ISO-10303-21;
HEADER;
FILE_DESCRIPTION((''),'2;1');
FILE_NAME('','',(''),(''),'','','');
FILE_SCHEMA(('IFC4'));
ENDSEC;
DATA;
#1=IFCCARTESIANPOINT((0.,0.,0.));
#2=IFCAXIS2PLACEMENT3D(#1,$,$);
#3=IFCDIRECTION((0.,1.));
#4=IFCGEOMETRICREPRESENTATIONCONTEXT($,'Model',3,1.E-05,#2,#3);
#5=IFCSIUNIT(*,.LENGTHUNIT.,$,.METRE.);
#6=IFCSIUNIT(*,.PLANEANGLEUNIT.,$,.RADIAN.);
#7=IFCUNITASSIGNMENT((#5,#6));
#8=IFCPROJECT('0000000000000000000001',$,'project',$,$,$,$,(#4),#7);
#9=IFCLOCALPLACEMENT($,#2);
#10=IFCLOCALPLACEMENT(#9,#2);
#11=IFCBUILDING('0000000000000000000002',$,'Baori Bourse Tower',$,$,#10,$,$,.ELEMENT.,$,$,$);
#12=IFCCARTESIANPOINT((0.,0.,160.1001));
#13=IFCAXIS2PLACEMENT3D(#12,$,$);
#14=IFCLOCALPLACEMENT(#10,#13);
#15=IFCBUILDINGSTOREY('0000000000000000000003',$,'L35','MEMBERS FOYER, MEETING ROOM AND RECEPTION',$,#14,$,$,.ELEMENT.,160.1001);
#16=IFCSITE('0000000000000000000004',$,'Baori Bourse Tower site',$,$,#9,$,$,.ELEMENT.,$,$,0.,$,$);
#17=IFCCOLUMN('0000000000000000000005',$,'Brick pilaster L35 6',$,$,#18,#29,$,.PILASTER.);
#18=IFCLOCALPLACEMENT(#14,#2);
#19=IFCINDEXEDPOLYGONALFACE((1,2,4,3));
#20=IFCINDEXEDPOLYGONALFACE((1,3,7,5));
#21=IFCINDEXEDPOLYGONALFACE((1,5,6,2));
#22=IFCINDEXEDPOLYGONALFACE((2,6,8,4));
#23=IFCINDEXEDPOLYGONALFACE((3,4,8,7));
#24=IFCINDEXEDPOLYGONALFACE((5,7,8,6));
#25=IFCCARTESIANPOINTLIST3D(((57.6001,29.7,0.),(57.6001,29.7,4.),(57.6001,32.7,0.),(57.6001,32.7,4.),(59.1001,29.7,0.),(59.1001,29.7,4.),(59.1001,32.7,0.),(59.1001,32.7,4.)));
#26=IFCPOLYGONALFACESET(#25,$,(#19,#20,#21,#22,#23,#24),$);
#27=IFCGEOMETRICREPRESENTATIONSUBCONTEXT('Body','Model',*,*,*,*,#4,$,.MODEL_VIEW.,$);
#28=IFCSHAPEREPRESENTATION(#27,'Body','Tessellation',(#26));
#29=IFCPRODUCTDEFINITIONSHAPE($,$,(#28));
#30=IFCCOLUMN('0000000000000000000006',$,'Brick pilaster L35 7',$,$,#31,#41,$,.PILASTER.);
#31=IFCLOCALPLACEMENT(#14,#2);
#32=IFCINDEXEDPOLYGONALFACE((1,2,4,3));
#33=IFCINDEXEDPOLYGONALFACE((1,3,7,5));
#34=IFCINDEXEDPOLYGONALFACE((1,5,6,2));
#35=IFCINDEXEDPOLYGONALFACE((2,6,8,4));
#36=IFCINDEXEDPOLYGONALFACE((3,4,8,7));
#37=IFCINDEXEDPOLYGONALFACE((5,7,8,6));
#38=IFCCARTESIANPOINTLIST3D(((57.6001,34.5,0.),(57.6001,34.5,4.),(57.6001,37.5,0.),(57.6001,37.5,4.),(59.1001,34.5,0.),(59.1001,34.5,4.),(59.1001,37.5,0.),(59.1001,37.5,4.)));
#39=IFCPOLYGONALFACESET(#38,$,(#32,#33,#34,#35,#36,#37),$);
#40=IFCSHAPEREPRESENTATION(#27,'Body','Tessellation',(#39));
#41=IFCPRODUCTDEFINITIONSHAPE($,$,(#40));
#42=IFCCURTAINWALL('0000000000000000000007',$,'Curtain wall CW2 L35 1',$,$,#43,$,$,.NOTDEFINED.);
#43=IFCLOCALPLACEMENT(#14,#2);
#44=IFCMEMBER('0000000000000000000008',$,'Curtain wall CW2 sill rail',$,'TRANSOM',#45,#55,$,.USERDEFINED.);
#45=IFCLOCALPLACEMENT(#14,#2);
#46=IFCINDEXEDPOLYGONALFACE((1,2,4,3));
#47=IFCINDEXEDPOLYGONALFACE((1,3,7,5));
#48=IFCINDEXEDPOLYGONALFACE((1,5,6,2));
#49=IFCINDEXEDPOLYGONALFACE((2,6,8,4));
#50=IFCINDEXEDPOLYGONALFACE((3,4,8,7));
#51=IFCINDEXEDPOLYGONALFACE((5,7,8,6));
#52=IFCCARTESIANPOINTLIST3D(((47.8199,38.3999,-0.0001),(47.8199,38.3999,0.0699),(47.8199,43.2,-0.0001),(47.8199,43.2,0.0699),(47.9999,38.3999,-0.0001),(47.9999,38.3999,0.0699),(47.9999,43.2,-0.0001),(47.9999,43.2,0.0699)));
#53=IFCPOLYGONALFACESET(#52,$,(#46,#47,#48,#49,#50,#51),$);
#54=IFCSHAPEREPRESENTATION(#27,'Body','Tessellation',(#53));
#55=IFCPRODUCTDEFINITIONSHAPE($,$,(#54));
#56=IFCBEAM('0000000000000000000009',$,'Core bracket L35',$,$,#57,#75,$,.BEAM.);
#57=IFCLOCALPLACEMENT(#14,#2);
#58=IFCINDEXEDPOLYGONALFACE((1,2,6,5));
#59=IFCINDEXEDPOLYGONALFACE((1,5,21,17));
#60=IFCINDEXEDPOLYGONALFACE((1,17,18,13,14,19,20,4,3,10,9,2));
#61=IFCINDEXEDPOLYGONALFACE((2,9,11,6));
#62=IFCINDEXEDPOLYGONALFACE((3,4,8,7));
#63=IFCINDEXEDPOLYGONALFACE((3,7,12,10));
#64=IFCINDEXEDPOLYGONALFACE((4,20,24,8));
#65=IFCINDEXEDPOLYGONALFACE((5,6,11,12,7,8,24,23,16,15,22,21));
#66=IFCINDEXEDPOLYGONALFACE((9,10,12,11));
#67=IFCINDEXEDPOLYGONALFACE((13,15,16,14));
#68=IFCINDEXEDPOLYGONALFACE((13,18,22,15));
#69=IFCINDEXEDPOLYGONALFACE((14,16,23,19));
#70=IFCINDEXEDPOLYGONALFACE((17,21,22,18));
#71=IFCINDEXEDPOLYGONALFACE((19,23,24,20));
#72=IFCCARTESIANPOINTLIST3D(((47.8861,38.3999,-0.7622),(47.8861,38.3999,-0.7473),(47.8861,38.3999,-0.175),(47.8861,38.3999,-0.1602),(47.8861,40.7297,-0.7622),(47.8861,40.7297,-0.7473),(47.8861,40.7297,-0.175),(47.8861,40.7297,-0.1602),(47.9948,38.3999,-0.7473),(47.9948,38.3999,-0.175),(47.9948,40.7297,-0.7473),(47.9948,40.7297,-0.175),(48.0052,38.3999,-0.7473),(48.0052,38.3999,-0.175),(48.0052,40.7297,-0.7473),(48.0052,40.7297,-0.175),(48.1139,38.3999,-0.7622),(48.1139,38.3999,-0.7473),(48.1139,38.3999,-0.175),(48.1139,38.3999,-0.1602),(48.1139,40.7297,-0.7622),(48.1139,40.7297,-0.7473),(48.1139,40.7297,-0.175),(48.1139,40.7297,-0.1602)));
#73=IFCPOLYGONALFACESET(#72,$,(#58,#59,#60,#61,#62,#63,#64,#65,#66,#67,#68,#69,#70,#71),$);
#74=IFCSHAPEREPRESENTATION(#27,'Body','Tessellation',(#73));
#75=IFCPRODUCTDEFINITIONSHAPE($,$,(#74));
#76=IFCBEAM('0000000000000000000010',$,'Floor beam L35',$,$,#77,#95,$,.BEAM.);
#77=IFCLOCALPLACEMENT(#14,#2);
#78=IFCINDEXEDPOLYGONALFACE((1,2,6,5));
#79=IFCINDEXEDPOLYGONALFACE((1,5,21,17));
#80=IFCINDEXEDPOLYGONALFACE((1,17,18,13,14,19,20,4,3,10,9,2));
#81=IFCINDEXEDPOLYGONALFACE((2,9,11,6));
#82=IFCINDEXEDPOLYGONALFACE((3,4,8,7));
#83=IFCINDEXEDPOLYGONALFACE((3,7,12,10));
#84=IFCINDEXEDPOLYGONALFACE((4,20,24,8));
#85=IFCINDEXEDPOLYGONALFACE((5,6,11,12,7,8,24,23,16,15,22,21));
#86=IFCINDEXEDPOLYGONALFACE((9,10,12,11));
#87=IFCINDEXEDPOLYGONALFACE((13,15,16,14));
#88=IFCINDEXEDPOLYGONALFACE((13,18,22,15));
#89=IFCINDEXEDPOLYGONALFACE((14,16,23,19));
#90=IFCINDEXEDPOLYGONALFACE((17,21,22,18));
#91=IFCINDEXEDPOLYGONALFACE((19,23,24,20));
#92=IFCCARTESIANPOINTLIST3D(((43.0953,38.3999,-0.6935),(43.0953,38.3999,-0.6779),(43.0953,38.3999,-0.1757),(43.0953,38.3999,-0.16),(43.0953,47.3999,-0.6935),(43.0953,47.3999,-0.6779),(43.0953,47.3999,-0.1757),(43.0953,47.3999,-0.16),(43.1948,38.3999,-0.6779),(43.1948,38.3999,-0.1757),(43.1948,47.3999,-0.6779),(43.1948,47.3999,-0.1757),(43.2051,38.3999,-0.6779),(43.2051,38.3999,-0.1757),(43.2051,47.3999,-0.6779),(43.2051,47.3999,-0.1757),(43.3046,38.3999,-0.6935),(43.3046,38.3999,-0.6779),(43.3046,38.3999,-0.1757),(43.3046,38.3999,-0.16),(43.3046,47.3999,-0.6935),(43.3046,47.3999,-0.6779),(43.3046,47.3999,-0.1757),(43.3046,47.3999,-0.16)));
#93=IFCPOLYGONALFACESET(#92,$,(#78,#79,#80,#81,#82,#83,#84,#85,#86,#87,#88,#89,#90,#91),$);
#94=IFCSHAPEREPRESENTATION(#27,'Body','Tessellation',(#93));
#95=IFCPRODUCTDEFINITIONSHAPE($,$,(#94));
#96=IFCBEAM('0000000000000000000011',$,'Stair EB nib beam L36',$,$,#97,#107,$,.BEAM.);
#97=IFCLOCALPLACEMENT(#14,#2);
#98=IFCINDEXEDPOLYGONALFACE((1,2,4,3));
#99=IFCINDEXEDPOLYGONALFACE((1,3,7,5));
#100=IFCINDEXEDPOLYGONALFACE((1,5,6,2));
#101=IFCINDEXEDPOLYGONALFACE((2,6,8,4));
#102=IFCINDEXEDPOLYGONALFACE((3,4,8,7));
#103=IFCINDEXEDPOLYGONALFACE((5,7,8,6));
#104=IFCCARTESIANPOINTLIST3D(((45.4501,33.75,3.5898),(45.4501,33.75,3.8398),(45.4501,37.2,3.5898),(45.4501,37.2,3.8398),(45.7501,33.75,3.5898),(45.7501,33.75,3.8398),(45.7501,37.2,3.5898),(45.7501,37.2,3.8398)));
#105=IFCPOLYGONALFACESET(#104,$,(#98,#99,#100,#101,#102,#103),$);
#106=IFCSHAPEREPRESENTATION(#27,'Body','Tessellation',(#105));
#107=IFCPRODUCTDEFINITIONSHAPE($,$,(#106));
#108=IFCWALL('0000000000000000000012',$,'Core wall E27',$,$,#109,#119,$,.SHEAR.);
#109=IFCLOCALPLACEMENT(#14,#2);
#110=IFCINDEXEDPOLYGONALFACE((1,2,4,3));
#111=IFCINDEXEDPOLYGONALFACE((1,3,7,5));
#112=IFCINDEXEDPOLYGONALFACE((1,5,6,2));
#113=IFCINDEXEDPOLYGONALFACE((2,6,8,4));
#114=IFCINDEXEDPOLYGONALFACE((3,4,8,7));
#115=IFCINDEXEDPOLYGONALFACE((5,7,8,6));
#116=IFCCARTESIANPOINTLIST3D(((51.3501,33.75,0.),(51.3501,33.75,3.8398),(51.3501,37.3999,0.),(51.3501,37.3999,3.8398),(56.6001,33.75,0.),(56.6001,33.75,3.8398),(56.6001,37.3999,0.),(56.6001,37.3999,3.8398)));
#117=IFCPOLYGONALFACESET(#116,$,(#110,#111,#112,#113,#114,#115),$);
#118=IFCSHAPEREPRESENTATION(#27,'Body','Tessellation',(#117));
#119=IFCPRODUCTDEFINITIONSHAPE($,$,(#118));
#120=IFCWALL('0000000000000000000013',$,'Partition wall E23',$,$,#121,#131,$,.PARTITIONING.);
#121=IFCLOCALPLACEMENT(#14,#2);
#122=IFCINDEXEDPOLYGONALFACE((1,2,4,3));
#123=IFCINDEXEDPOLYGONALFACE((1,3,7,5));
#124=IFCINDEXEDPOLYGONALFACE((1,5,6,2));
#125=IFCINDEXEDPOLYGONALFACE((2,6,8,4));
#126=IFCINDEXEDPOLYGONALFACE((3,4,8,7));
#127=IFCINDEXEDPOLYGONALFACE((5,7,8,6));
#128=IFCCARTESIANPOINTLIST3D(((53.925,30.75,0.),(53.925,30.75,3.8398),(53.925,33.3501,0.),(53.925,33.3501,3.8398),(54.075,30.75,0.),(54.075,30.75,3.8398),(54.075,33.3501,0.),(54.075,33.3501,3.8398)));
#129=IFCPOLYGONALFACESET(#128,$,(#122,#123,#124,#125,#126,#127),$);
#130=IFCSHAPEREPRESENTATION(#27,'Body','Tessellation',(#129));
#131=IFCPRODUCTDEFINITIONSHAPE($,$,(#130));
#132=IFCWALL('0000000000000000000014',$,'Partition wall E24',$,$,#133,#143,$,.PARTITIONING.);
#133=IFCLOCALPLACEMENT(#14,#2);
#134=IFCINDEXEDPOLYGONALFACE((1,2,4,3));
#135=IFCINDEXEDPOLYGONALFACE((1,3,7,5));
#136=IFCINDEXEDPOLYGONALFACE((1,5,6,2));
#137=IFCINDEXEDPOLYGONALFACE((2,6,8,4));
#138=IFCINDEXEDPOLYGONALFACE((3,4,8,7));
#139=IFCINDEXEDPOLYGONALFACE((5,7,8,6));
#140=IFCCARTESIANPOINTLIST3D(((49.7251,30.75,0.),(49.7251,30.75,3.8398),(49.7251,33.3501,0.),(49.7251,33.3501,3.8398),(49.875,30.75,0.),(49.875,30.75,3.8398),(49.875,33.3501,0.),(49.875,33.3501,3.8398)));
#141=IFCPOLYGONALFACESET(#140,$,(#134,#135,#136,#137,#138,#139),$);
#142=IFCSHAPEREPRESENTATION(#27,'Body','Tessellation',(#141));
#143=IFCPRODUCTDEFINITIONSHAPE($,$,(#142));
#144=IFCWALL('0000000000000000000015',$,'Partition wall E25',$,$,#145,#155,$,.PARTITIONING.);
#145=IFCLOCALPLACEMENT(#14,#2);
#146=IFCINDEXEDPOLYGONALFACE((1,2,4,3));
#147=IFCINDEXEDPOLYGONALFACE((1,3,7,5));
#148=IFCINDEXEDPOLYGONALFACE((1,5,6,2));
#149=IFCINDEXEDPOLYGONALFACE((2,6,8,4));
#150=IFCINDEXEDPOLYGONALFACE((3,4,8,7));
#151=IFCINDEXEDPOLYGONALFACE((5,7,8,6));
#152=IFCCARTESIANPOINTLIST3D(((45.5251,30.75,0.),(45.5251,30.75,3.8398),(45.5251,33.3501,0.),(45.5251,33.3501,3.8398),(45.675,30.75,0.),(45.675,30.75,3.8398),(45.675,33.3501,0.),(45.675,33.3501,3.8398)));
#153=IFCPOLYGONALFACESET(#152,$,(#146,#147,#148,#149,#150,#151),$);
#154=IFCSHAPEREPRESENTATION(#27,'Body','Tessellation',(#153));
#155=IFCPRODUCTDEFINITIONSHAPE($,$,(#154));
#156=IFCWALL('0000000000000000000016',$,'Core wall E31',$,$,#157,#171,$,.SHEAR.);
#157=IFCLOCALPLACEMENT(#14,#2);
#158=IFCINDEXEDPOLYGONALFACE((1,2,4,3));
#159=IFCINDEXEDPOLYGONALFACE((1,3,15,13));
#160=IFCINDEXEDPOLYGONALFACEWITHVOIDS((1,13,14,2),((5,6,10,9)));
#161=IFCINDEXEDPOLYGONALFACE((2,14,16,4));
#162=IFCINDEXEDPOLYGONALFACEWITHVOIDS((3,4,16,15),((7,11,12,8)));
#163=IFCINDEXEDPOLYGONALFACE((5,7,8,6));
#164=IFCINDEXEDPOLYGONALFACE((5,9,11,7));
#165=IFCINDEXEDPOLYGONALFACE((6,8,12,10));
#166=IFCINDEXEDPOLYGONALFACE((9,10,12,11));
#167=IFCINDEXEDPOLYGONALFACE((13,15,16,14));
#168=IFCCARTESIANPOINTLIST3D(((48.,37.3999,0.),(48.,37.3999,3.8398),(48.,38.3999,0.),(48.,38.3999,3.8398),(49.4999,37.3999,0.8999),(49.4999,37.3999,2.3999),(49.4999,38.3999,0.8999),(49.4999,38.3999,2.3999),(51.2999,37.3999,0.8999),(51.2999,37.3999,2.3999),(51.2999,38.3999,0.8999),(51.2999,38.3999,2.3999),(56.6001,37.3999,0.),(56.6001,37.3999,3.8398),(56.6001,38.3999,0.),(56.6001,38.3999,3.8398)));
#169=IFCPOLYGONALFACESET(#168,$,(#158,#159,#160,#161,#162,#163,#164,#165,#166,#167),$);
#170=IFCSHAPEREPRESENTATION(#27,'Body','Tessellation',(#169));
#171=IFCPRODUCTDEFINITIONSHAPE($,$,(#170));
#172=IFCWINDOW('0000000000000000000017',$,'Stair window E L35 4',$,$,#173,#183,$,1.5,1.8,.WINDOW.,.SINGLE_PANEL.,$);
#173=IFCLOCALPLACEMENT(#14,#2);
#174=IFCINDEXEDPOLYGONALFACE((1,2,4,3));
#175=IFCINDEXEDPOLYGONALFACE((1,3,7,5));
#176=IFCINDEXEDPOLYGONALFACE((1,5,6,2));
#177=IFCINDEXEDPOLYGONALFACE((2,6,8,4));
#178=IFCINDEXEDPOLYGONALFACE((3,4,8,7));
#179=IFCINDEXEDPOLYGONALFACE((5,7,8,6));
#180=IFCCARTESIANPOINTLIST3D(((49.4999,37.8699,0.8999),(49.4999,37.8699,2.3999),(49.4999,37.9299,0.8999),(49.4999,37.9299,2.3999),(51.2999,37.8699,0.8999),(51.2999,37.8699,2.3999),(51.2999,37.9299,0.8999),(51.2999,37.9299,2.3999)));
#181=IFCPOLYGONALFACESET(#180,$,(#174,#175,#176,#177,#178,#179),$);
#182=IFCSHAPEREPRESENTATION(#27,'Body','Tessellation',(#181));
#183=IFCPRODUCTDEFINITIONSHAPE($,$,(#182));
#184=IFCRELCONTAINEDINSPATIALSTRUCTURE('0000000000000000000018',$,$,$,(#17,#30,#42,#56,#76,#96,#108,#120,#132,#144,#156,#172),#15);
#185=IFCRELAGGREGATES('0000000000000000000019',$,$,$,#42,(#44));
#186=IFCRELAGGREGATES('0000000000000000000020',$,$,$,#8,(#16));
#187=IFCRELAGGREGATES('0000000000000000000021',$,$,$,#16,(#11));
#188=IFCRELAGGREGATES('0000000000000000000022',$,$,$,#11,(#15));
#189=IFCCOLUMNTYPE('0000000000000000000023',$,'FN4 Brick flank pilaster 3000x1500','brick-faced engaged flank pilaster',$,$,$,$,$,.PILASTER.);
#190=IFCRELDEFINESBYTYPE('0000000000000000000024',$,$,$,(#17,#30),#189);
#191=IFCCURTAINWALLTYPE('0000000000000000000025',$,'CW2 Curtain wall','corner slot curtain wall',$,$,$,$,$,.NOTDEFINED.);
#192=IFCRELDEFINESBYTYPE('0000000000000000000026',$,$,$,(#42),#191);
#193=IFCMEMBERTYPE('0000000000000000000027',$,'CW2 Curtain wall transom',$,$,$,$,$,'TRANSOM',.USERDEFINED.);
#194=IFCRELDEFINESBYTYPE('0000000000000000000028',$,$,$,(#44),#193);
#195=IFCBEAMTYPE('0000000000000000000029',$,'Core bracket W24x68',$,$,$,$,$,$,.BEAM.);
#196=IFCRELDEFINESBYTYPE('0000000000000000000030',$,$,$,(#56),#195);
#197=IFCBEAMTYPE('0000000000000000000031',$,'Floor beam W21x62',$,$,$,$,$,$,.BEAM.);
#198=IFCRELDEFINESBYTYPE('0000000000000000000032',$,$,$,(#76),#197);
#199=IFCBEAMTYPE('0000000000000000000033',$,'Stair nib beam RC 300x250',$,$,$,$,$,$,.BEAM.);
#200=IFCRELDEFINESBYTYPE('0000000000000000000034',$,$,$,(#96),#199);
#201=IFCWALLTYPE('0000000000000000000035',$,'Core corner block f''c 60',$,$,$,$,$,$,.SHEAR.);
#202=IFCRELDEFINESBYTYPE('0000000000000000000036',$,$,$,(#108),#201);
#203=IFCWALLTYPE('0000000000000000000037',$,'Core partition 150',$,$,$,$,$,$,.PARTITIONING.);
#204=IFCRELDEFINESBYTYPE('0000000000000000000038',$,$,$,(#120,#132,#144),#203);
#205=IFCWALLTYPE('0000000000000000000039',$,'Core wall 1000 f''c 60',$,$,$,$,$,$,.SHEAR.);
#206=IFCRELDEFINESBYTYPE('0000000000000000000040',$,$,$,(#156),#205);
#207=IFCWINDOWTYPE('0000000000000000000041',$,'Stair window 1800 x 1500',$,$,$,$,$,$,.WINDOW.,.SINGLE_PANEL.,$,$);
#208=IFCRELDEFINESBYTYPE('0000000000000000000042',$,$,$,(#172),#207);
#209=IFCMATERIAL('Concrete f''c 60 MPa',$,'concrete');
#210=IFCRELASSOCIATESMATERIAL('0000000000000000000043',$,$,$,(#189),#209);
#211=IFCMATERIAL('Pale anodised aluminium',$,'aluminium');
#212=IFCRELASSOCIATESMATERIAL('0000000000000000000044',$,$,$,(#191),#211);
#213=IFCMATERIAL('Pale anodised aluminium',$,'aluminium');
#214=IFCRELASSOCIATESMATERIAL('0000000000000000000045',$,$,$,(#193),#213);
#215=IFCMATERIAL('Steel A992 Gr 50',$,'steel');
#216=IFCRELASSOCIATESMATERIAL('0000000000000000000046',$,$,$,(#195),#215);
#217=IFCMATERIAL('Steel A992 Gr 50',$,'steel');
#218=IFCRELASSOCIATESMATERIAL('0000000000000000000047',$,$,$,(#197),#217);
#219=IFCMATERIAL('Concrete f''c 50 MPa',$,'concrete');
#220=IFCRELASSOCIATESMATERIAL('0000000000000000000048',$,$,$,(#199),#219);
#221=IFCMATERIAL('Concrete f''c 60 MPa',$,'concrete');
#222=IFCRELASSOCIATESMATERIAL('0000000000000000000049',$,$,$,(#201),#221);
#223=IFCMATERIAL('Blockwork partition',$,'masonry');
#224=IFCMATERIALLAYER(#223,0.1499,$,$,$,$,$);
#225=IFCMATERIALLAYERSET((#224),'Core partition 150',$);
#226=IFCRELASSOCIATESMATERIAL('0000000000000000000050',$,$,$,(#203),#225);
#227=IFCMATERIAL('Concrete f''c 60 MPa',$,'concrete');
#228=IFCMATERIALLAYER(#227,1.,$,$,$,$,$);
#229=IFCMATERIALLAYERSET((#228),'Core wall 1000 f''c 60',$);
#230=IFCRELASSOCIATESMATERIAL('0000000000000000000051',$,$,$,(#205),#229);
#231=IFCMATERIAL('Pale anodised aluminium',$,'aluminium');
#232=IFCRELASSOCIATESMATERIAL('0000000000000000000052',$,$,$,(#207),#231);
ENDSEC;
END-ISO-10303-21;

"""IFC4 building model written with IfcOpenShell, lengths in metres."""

from ifc_helpers import new_model, si_unit, direction, frame, frame_2d, origin, origin_2d, place, context, subcontext, project, spatial, rectangle, i_section, extrude, material, layer, layer_set, material_profile, profile_set, type_object, element, fill, aggregate, save


model = new_model("IFC4")

# Units and contexts
model_context = context("Model", 3, precision=1e-05, world=origin(), true_north=direction((0.0, 1.0)))
body_context = subcontext(model_context, "Body", "Model", "MODEL_VIEW")
ifc_project = project(units=[si_unit("LENGTHUNIT", "METRE"), si_unit("PLANEANGLEUNIT", "RADIAN")], contexts=[model_context])

# Site, building, storey
site_placement = place(None, origin())
site = spatial("IfcSite", under=ifc_project, at=site_placement, Name="Baori Bourse Tower site", CompositionType="ELEMENT", RefElevation=0.0)
building_placement = place(site_placement, origin())
building = spatial("IfcBuilding", under=site, at=building_placement, Name="Baori Bourse Tower", CompositionType="ELEMENT")
storey_placement = place(building_placement, frame((0.0, 0.0, 160.1001)))
storey = spatial("IfcBuildingStorey", under=building, at=storey_placement, Name="L35", Description="MEMBERS FOYER, MEETING ROOM AND RECEPTION", CompositionType="ELEMENT", Elevation=160.1001)

# Columns
ifc_material_1 = material(Name="Concrete f'c 60 MPa", Category="concrete")
ifc_material_profile_1 = material_profile(ifc_material_1, rectangle(XDim=3.0, YDim=1.5, at=origin_2d()), Name="RC 3000x1500")
ifc_profile_set_1 = profile_set([ifc_material_profile_1], Name="Concrete f'c 60 MPa")
column_type = type_object("IfcColumnType", Name="FN4 Brick flank pilaster 3000x1500", Description="brick-faced engaged flank pilaster", PredefinedType="PILASTER", material=ifc_profile_set_1)
for number, where, z_axis, x_axis, name in (
    (1, (58.3501, 31.2, 0.0), (0.0, 0.0, 1.0), (0.0, 1.0, 0.0), "Brick pilaster L35 6"),
    (2, (58.3501, 36.0, 0.0), (0.0, 0.0, 1.0), (0.0, 1.0, 0.0), "Brick pilaster L35 7"),
):
    element("IfcColumn", number, at=place(storey_placement, frame(where, z_axis=z_axis, x_axis=x_axis)), inside=storey, type_object=column_type, Name=name, PredefinedType="PILASTER", context=body_context, shape_type="SweptSolid", body=[
        extrude(rectangle(XDim=3.0, YDim=1.5, at=origin_2d()), origin(), (0.0, 0.0, 1.0), 4.0),
    ])

# Curtain wall, member
ifc_material_2 = material(Name="Pale anodised aluminium", Category="aluminium")
curtain_wall_type = type_object("IfcCurtainWallType", Name="CW2 Curtain wall", Description="corner slot curtain wall", PredefinedType="NOTDEFINED", material=ifc_material_2)
curtain_wall_placement = place(storey_placement, origin())
curtain_wall = element("IfcCurtainWall", 3, at=curtain_wall_placement, inside=storey, type_object=curtain_wall_type, Name="Curtain wall CW2 L35 1", PredefinedType="NOTDEFINED")
ifc_material_3 = material(Name="Pale anodised aluminium", Category="aluminium")
ifc_material_profile_2 = material_profile(ifc_material_3, rectangle(XDim=0.1799, YDim=0.0701, at=origin_2d()), Name="Transom 70x180")
ifc_profile_set_2 = profile_set([ifc_material_profile_2], Name="Pale anodised aluminium")
member_type = type_object("IfcMemberType", Name="CW2 Curtain wall transom", ElementType="TRANSOM", PredefinedType="USERDEFINED", material=ifc_profile_set_2)
member_placement = place(storey_placement, frame((47.9099, 38.3999, 0.0349), z_axis=(0.0, 1.0, 0.0), x_axis=(-1.0, 0.0, 0.0)))
member = element("IfcMember", 4, at=member_placement, type_object=member_type, Name="Curtain wall CW2 sill rail", ObjectType="TRANSOM", PredefinedType="USERDEFINED", context=body_context, shape_type="SweptSolid", body=[
    extrude(rectangle(XDim=0.1799, YDim=0.0701, at=origin_2d()), origin(), (0.0, 0.0, 1.0), 4.8),
])
aggregate(curtain_wall, [member])

# Beams
ifc_material_4 = material(Name="Steel A992 Gr 50", Category="steel")
ifc_material_profile_3 = material_profile(ifc_material_4, i_section(OverallWidth=0.2278, OverallDepth=0.6021, WebThickness=0.0105, FlangeThickness=0.0149, at=origin_2d()), Name="W24x68")
ifc_profile_set_3 = profile_set([ifc_material_profile_3], Name="Steel A992 Gr 50")
beam_type_1 = type_object("IfcBeamType", Name="Core bracket W24x68", PredefinedType="BEAM", material=ifc_profile_set_3)
beam_1_placement = place(storey_placement, frame((48.0, 38.3999, -0.4612), z_axis=(0.0, 1.0, 0.0), x_axis=(-1.0, 0.0, 0.0)))
element("IfcBeam", 5, at=beam_1_placement, inside=storey, type_object=beam_type_1, Name="Core bracket L35", PredefinedType="BEAM", context=body_context, shape_type="SweptSolid", body=[
    extrude(i_section(OverallWidth=0.2278, OverallDepth=0.6021, WebThickness=0.0105, FlangeThickness=0.0149, at=origin_2d()), origin(), (0.0, 0.0, 1.0), 2.3298),
])
ifc_material_5 = material(Name="Steel A992 Gr 50", Category="steel")
ifc_material_profile_4 = material_profile(ifc_material_5, i_section(OverallWidth=0.2092, OverallDepth=0.5334, WebThickness=0.0103, FlangeThickness=0.0156, at=origin_2d()), Name="W21x62")
ifc_profile_set_4 = profile_set([ifc_material_profile_4], Name="Steel A992 Gr 50")
beam_type_2 = type_object("IfcBeamType", Name="Floor beam W21x62", PredefinedType="BEAM", material=ifc_profile_set_4)
beam_2_placement = place(storey_placement, frame((43.2, 38.3999, -0.4268), z_axis=(0.0, 1.0, 0.0), x_axis=(-1.0, 0.0, 0.0)))
element("IfcBeam", 6, at=beam_2_placement, inside=storey, type_object=beam_type_2, Name="Floor beam L35", PredefinedType="BEAM", context=body_context, shape_type="SweptSolid", body=[
    extrude(i_section(OverallWidth=0.2092, OverallDepth=0.5334, WebThickness=0.0103, FlangeThickness=0.0156, at=origin_2d()), origin(), (0.0, 0.0, 1.0), 9.0),
])
ifc_material_6 = material(Name="Concrete f'c 50 MPa", Category="concrete")
ifc_material_profile_5 = material_profile(ifc_material_6, rectangle(XDim=0.3, YDim=0.25, at=origin_2d()), Name="RC 300x250")
ifc_profile_set_5 = profile_set([ifc_material_profile_5], Name="Concrete f'c 50 MPa")
beam_type_3 = type_object("IfcBeamType", Name="Stair nib beam RC 300x250", PredefinedType="BEAM", material=ifc_profile_set_5)
beam_3_placement = place(storey_placement, frame((45.6001, 33.75, 3.7148), z_axis=(0.0, 1.0, 0.0), x_axis=(-1.0, 0.0, 0.0)))
element("IfcBeam", 7, at=beam_3_placement, inside=storey, type_object=beam_type_3, Name="Stair EB nib beam L36", PredefinedType="BEAM", context=body_context, shape_type="SweptSolid", body=[
    extrude(rectangle(XDim=0.3, YDim=0.25, at=origin_2d()), origin(), (0.0, 0.0, 1.0), 3.45),
])

# Walls
ifc_material_7 = material(Name="Concrete f'c 60 MPa", Category="concrete")
wall_type_1 = type_object("IfcWallType", Name="Core corner block f'c 60", PredefinedType="SHEAR", material=ifc_material_7)
wall_1_placement = place(storey_placement, frame((51.3501, 35.575, 0.0), z_axis=(0.0, 0.0, 1.0), x_axis=(1.0, 0.0, 0.0)))
element("IfcWall", 8, at=wall_1_placement, inside=storey, type_object=wall_type_1, Name="Core wall E27", PredefinedType="SHEAR", context=body_context, shape_type="SweptSolid", body=[
    extrude(rectangle(XDim=5.25, YDim=3.6499, at=frame_2d((2.625, 0.0))), origin(), (0.0, 0.0, 1.0), 3.8398),
])
ifc_material_8 = material(Name="Blockwork partition", Category="masonry")
ifc_layer_1 = layer(ifc_material_8, 0.1499)
ifc_layer_set_1 = layer_set([ifc_layer_1], Name="Core partition 150")
wall_type_2 = type_object("IfcWallType", Name="Core partition 150", PredefinedType="PARTITIONING", material=ifc_layer_set_1)
for number, where, z_axis, x_axis, name in (
    (9, (54.0, 30.75, 0.0), (0.0, 0.0, 1.0), (0.0, 1.0, 0.0), "Partition wall E23"),
    (10, (49.8, 30.75, 0.0), (0.0, 0.0, 1.0), (0.0, 1.0, 0.0), "Partition wall E24"),
    (11, (45.6001, 30.75, 0.0), (0.0, 0.0, 1.0), (0.0, 1.0, 0.0), "Partition wall E25"),
):
    element("IfcWall", number, at=place(storey_placement, frame(where, z_axis=z_axis, x_axis=x_axis)), inside=storey, type_object=wall_type_2, Name=name, PredefinedType="PARTITIONING", context=body_context, shape_type="SweptSolid", body=[
        extrude(rectangle(XDim=2.6001, YDim=0.1499, at=frame_2d((1.3, 0.0))), origin(), (0.0, 0.0, 1.0), 3.8398),
    ])

# Wall, opening, window
ifc_material_9 = material(Name="Concrete f'c 60 MPa", Category="concrete")
ifc_layer_2 = layer(ifc_material_9, 1.0)
ifc_layer_set_2 = layer_set([ifc_layer_2], Name="Core wall 1000 f'c 60")
wall_type_3 = type_object("IfcWallType", Name="Core wall 1000 f'c 60", PredefinedType="SHEAR", material=ifc_layer_set_2)
wall_2_placement = place(storey_placement, frame((48.0, 37.8999, 0.0), z_axis=(0.0, 0.0, 1.0), x_axis=(1.0, 0.0, 0.0)))
wall_2 = element("IfcWall", 12, at=wall_2_placement, inside=storey, type_object=wall_type_3, Name="Core wall E31", PredefinedType="SHEAR", context=body_context, shape_type="SweptSolid", body=[
    extrude(rectangle(XDim=8.6001, YDim=1.0, at=frame_2d((4.3, 0.0))), origin(), (0.0, 0.0, 1.0), 3.8398),
])
opening_1_placement = place(wall_2_placement, frame((1.5, 0.0, 0.8999)))
opening_1 = element("IfcOpeningElement", 13, at=opening_1_placement, cuts=wall_2, PredefinedType="OPENING", context=body_context, shape_type="SweptSolid", body=[
    extrude(rectangle(XDim=1.8, YDim=1.5, at=frame_2d((0.8999, 0.75))), frame((0.0, 0.51, 0.0), z_axis=(0.0, -1.0, 0.0), x_axis=(1.0, 0.0, 0.0)), (0.0, 0.0, 1.0), 1.02),
])
ifc_material_10 = material(Name="Pale anodised aluminium", Category="aluminium")
window_type = type_object("IfcWindowType", Name="Stair window 1800 x 1500", PartitioningType="SINGLE_PANEL", PredefinedType="WINDOW", material=ifc_material_10)
window_placement = place(opening_1_placement, origin())
window = element("IfcWindow", 14, at=window_placement, inside=storey, type_object=window_type, Name="Stair window E L35 4", OverallHeight=1.5, OverallWidth=1.8, PartitioningType="SINGLE_PANEL", PredefinedType="WINDOW", context=body_context, shape_type="SweptSolid", body=[
    extrude(rectangle(XDim=1.8, YDim=1.5, at=frame_2d((0.8999, 0.75))), frame((0.0, 0.03, 0.0), z_axis=(0.0, -1.0, 0.0), x_axis=(1.0, 0.0, 0.0)), (0.0, 0.0, 1.0), 0.0601),
])
fill(opening_1, window)

save(model, "model.ifc")
